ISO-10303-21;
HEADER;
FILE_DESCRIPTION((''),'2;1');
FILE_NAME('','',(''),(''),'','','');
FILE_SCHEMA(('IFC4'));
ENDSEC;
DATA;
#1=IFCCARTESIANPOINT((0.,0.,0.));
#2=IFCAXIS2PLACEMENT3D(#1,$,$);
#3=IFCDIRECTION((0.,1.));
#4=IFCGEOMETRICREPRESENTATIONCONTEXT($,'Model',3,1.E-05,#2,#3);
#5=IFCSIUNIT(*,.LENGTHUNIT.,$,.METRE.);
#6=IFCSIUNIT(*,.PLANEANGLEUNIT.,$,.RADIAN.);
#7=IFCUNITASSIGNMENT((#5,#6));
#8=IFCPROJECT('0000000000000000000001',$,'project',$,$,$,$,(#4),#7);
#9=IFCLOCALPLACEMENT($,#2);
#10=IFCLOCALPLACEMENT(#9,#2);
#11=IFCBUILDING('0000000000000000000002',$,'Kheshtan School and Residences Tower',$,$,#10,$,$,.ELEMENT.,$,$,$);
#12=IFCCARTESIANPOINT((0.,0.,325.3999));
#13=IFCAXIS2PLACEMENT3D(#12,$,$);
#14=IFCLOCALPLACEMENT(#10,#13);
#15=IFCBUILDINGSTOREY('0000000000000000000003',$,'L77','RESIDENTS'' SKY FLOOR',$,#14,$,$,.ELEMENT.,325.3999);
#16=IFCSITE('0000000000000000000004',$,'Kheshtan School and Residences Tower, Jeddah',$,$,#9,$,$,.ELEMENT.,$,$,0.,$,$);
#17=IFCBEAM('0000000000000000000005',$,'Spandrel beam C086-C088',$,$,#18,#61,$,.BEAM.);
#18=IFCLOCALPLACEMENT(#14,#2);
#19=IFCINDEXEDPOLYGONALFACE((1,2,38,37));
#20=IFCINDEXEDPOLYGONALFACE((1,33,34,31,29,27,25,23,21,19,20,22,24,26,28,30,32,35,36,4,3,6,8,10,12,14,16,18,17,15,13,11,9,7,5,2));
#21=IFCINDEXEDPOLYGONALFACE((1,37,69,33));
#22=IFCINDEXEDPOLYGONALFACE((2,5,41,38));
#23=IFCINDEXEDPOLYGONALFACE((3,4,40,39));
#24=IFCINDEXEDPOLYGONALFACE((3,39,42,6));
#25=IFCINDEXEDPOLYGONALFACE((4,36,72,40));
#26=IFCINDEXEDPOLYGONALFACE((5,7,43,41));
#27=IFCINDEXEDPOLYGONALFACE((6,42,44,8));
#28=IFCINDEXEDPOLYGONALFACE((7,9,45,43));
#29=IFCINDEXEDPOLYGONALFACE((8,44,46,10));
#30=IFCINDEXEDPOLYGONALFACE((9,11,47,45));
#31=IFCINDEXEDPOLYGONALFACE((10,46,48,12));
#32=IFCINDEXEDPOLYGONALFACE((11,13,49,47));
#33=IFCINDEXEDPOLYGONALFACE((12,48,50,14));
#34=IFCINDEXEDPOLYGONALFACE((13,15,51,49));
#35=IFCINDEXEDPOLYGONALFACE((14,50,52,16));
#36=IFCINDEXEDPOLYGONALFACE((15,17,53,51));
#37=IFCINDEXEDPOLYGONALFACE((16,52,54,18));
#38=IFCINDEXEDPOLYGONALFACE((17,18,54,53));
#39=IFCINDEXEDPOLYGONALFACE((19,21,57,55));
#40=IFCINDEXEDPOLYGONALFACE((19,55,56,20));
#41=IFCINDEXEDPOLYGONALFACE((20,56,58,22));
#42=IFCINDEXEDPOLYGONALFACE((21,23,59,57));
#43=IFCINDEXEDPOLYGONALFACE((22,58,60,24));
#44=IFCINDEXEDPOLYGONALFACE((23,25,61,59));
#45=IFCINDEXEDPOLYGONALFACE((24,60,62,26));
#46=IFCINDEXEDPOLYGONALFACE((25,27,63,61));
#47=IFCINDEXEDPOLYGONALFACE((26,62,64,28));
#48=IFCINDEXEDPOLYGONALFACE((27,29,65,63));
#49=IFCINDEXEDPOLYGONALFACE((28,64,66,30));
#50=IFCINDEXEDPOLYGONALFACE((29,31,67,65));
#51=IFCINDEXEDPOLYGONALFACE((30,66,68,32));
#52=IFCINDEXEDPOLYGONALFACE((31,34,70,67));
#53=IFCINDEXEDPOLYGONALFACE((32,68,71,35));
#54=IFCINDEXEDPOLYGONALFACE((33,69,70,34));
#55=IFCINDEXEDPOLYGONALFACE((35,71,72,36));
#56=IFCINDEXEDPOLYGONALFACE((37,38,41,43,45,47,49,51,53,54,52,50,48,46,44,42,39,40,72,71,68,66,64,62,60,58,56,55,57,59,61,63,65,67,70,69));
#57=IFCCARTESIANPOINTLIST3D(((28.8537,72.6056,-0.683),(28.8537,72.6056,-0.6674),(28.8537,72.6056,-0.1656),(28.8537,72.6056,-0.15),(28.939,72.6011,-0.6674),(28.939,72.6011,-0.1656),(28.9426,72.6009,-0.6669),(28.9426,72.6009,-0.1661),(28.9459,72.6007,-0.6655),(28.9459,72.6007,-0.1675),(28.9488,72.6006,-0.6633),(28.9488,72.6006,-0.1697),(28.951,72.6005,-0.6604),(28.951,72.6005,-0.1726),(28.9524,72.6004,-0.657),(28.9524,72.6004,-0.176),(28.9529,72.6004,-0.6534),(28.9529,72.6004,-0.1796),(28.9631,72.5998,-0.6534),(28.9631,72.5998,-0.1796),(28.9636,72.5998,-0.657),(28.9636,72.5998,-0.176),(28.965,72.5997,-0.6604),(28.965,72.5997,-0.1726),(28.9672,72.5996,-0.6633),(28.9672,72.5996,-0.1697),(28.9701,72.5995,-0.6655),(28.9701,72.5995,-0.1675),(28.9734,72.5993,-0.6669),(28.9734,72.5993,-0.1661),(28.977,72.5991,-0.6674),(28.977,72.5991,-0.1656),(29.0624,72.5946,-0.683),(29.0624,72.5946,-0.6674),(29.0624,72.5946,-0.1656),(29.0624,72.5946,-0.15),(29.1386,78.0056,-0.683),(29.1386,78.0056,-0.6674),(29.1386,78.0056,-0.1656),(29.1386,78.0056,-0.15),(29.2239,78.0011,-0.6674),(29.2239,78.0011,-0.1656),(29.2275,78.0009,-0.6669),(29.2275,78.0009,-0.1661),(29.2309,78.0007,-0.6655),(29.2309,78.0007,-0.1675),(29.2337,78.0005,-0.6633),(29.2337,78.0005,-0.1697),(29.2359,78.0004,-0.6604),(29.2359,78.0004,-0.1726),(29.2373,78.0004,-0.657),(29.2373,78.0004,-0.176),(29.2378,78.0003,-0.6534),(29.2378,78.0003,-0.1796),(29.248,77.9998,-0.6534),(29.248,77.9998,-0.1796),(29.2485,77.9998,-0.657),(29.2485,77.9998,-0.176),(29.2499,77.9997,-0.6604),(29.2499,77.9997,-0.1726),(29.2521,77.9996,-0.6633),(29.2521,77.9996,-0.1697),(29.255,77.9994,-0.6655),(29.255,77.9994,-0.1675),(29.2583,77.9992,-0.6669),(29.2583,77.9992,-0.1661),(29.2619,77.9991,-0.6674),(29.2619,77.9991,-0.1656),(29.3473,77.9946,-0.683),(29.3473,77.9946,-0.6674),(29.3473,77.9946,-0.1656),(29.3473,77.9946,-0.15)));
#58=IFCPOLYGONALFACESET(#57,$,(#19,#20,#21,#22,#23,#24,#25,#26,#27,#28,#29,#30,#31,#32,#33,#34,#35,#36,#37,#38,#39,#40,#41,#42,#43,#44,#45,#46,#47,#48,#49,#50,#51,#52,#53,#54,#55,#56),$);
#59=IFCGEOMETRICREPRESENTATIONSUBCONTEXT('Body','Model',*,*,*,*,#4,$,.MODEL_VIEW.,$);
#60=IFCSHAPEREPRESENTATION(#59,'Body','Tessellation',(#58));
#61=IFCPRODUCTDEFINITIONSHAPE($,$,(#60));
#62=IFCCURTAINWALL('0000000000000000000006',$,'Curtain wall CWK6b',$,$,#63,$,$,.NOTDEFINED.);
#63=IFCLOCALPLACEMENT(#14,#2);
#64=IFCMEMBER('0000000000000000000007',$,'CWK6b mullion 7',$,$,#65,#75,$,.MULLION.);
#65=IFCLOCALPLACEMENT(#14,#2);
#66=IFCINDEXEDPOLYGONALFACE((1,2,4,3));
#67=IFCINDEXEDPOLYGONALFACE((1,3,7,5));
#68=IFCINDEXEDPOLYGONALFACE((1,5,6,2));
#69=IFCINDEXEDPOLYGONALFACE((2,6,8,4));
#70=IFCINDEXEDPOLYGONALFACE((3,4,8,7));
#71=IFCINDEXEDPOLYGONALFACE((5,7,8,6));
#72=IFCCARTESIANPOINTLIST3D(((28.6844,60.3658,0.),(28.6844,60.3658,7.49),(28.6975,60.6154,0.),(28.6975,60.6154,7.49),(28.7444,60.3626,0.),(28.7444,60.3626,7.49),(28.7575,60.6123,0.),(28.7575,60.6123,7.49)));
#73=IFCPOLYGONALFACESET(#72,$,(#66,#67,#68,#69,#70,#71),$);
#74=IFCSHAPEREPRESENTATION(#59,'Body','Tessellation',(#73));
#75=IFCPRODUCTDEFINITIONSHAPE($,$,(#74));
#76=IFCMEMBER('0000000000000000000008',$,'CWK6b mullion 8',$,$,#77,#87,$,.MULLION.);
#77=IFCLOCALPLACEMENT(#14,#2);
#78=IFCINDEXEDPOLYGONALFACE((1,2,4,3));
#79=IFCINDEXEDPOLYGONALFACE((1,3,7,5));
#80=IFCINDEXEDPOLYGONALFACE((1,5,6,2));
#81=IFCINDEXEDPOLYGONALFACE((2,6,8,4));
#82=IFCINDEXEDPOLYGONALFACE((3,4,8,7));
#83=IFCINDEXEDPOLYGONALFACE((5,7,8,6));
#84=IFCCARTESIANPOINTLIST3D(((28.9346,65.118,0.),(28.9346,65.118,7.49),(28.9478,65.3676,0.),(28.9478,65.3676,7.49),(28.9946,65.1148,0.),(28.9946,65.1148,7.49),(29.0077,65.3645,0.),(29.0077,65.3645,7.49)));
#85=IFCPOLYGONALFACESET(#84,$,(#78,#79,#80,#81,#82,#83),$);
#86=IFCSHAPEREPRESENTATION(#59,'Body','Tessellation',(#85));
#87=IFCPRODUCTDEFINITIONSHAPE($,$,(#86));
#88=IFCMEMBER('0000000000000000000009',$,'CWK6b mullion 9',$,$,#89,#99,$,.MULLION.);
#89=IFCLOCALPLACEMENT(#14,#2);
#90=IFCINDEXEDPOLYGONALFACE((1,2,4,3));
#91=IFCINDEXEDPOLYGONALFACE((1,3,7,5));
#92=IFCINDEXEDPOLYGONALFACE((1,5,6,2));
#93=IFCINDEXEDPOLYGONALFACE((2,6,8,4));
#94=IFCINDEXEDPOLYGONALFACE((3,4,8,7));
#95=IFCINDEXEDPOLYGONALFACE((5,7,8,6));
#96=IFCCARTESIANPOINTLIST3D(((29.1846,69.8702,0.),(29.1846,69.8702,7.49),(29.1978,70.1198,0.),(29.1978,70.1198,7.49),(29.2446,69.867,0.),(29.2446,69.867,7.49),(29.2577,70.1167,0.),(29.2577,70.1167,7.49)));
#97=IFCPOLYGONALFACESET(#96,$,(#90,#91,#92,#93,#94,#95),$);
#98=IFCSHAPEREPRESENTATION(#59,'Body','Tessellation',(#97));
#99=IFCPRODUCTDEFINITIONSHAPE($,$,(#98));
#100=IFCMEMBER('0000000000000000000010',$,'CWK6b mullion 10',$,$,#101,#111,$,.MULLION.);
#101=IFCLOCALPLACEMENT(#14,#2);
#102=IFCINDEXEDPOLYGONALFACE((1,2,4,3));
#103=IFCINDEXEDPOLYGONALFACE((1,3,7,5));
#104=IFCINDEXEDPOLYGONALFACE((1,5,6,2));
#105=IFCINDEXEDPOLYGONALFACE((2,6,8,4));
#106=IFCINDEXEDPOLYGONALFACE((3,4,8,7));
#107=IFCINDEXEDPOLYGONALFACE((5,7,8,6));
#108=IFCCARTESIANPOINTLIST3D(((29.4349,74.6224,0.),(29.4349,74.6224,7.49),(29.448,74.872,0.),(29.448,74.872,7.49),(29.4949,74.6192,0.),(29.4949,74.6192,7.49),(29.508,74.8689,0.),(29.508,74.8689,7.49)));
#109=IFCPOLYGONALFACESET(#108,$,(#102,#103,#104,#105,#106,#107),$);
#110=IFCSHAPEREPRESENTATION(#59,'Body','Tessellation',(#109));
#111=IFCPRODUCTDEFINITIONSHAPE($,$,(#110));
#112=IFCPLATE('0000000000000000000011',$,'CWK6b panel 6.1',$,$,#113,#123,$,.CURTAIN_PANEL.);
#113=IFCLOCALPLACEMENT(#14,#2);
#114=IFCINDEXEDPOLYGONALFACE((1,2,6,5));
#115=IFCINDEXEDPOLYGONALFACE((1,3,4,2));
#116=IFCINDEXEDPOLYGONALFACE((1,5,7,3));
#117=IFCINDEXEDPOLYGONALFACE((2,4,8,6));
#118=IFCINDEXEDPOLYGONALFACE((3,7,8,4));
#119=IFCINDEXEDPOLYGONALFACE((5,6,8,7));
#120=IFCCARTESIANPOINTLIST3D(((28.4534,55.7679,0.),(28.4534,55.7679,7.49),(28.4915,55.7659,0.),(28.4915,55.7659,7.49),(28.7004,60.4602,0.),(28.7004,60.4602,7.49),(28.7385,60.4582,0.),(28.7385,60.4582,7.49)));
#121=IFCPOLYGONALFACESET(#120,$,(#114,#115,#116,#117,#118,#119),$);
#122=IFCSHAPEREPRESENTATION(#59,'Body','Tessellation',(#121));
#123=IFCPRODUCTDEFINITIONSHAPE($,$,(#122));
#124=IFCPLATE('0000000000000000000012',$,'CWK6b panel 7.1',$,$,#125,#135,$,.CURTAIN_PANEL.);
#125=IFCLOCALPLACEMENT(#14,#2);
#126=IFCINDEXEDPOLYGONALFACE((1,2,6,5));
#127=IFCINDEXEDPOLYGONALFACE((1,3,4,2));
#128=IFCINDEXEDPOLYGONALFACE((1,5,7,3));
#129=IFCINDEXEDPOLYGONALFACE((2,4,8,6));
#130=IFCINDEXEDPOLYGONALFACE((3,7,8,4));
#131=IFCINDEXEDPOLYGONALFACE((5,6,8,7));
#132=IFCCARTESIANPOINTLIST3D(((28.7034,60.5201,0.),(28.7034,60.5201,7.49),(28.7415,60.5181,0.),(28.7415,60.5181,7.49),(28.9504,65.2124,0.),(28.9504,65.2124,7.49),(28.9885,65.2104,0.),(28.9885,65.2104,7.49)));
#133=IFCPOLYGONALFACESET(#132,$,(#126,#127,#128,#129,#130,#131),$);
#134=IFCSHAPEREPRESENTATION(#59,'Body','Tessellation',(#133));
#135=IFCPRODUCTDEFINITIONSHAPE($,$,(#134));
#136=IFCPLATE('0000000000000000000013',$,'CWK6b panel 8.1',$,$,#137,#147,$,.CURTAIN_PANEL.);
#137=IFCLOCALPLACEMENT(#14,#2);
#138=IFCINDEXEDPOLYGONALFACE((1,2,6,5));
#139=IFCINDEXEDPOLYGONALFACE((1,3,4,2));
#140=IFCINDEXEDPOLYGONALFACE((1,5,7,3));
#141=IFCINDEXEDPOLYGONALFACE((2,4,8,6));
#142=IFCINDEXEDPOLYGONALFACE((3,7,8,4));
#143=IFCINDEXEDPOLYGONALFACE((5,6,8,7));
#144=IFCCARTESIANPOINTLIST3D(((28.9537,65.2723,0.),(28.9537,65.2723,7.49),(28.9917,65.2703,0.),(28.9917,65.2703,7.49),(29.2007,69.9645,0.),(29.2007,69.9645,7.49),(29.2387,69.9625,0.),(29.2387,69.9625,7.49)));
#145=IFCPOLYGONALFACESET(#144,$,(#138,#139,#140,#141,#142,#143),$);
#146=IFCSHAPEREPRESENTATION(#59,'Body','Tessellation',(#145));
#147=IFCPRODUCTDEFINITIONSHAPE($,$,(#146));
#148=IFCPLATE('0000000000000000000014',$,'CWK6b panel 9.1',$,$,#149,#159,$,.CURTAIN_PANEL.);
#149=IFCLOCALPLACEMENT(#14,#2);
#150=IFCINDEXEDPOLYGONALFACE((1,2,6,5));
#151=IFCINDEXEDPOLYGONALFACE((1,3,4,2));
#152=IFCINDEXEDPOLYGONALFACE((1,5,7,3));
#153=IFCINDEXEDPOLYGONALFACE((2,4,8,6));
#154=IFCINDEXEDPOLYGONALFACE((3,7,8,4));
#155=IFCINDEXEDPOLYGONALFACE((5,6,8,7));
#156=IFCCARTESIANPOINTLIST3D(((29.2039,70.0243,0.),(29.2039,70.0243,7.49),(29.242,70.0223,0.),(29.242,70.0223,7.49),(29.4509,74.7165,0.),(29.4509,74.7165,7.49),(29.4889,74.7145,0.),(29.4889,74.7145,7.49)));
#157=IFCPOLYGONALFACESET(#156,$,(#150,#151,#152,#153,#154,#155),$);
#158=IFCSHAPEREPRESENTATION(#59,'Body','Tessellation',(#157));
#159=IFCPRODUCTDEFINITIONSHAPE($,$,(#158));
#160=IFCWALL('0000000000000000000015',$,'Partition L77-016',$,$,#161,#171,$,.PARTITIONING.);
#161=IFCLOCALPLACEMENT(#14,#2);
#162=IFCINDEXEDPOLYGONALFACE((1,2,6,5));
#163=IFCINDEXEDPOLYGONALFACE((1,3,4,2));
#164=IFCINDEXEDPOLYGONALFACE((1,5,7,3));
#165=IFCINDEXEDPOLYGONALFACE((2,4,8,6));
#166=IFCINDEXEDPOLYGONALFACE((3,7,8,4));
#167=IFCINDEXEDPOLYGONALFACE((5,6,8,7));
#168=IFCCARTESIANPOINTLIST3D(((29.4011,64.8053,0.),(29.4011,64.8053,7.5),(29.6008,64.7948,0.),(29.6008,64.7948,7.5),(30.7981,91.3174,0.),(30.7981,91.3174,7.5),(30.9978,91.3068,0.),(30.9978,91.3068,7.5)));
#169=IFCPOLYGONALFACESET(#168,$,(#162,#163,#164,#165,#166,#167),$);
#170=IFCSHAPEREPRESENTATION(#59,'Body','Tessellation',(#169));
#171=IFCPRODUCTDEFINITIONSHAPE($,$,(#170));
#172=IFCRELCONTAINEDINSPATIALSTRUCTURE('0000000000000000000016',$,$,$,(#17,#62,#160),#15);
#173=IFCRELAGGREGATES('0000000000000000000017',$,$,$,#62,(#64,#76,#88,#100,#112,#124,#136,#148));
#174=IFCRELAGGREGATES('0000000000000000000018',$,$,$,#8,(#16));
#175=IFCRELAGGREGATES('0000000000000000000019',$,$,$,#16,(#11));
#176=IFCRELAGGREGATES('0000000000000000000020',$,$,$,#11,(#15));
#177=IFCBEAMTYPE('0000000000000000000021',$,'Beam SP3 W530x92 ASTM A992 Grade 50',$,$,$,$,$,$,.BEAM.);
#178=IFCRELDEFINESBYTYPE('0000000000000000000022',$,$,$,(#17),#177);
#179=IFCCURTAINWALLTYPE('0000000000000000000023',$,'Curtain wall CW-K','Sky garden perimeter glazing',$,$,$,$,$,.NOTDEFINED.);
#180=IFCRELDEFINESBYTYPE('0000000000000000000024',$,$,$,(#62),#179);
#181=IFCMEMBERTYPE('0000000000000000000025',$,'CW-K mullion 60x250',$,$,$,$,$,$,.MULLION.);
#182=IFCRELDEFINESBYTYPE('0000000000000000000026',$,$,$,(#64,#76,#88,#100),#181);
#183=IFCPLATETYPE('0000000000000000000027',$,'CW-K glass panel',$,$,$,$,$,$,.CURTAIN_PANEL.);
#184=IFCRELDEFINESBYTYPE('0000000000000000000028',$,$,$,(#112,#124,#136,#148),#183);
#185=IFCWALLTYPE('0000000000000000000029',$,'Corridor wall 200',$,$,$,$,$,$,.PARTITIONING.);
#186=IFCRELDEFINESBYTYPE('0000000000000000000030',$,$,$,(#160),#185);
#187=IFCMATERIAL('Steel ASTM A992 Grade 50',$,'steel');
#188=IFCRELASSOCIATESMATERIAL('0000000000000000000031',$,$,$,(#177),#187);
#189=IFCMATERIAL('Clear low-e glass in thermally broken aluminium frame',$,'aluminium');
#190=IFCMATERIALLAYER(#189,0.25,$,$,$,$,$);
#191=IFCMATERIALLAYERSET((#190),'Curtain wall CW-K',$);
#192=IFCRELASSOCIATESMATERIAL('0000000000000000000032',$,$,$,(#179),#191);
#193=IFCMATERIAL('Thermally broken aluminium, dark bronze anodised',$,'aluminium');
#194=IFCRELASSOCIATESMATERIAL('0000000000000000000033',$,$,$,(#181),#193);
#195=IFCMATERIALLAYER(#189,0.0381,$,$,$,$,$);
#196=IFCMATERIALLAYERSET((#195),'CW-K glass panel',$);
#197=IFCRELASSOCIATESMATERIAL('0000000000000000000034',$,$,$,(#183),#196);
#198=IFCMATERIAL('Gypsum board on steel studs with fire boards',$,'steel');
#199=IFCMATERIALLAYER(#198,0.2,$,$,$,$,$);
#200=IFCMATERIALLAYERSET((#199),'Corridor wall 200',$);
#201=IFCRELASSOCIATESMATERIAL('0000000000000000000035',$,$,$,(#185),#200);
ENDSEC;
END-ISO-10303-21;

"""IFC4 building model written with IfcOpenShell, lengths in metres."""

from ifc_helpers import new_model, si_unit, direction, frame, frame_2d, origin, origin_2d, place, context, subcontext, project, spatial, rectangle, i_section, extrude, material, layer, layer_set, material_profile, profile_set, type_object, element, aggregate, save


model = new_model("IFC4")

# Units and contexts
model_context = context("Model", 3, precision=1e-05, world=origin(), true_north=direction((0.0, 1.0)))
body_context = subcontext(model_context, "Body", "Model", "MODEL_VIEW")
ifc_project = project(units=[si_unit("LENGTHUNIT", "METRE"), si_unit("PLANEANGLEUNIT", "RADIAN")], contexts=[model_context])

# Site, building, storey
site_placement = place(None, origin())
site = spatial("IfcSite", under=ifc_project, at=site_placement, Name="Kheshtan School and Residences Tower, Jeddah", CompositionType="ELEMENT", RefElevation=0.0)
building_placement = place(site_placement, origin())
building = spatial("IfcBuilding", under=site, at=building_placement, Name="Kheshtan School and Residences Tower", CompositionType="ELEMENT")
storey_placement = place(building_placement, frame((0.0, 0.0, 325.3999)))
storey = spatial("IfcBuildingStorey", under=building, at=storey_placement, Name="L77", Description="RESIDENTS' SKY FLOOR", CompositionType="ELEMENT", Elevation=325.3999)

# Shared definitions
ifc_material_1 = material(Name="Steel ASTM A992 Grade 50", Category="steel")

# Beam
ifc_material_profile_1 = material_profile(ifc_material_1, i_section(OverallWidth=0.209, OverallDepth=0.533, WebThickness=0.0103, FlangeThickness=0.0156, FilletRadius=0.0139, at=origin_2d()), Name="W530x92")
ifc_profile_set_1 = profile_set([ifc_material_profile_1], Name="Steel ASTM A992 Grade 50")
beam_type_1 = type_object("IfcBeamType", Name="Beam SP3 W530x92 ASTM A992 Grade 50", PredefinedType="BEAM", material=ifc_profile_set_1)
beam_1_placement = place(storey_placement, frame((28.958, 72.6001, -0.4165), z_axis=(0.052689, 0.998611, 0.0), x_axis=(-0.998611, 0.052689, 0.0)))
element("IfcBeam", 1, at=beam_1_placement, inside=storey, type_object=beam_type_1, Name="Spandrel beam C086-C088", PredefinedType="BEAM", context=body_context, shape_type="SweptSolid", body=[
    extrude(i_section(OverallWidth=0.209, OverallDepth=0.533, WebThickness=0.0103, FlangeThickness=0.0156, FilletRadius=0.0139, at=origin_2d()), origin(), (0.0, 0.0, 1.0), 5.4075),
])

# Curtain wall, members, plates
ifc_material_2 = material(Name="Clear low-e glass in thermally broken aluminium frame", Category="aluminium")
ifc_layer_1 = layer(ifc_material_2, 0.25)
ifc_layer_set_1 = layer_set([ifc_layer_1], Name="Curtain wall CW-K")
curtain_wall_type = type_object("IfcCurtainWallType", Name="Curtain wall CW-K", Description="Sky garden perimeter glazing", PredefinedType="NOTDEFINED", material=ifc_layer_set_1)
curtain_wall_placement = place(storey_placement, origin())
curtain_wall = element("IfcCurtainWall", 2, at=curtain_wall_placement, inside=storey, type_object=curtain_wall_type, Name="Curtain wall CWK6b", PredefinedType="NOTDEFINED")
ifc_material_3 = material(Name="Thermally broken aluminium, dark bronze anodised", Category="aluminium")
ifc_material_profile_2 = material_profile(ifc_material_3, rectangle(XDim=0.0601, YDim=0.25, at=origin_2d()), Name="CW-K mullion 60x250")
ifc_profile_set_2 = profile_set([ifc_material_profile_2], Name="Thermally broken aluminium, dark bronze anodised")
member_type = type_object("IfcMemberType", Name="CW-K mullion 60x250", PredefinedType="MULLION", material=ifc_profile_set_2)
member_1_placement = place(storey_placement, frame((28.7209, 60.489, 0.0), z_axis=(0.0, 0.0, 1.0), x_axis=(-0.998617, 0.052565, 0.0)))
member_1 = element("IfcMember", 3, at=member_1_placement, type_object=member_type, Name="CWK6b mullion 7", PredefinedType="MULLION", context=body_context, shape_type="SweptSolid", body=[
    extrude(rectangle(XDim=0.0601, YDim=0.25, at=origin_2d()), origin(), (0.0, 0.0, 1.0), 7.49),
])
member_2_placement = place(storey_placement, frame((28.9712, 65.2412, 0.0), z_axis=(0.0, 0.0, 1.0), x_axis=(-0.998617, 0.052565, 0.0)))
member_2 = element("IfcMember", 4, at=member_2_placement, type_object=member_type, Name="CWK6b mullion 8", PredefinedType="MULLION", context=body_context, shape_type="SweptSolid", body=[
    extrude(rectangle(XDim=0.0601, YDim=0.25, at=origin_2d()), origin(), (0.0, 0.0, 1.0), 7.49),
])
member_3_placement = place(storey_placement, frame((29.2212, 69.9934, 0.0), z_axis=(0.0, 0.0, 1.0), x_axis=(-0.998617, 0.052565, 0.0)))
member_3 = element("IfcMember", 5, at=member_3_placement, type_object=member_type, Name="CWK6b mullion 9", PredefinedType="MULLION", context=body_context, shape_type="SweptSolid", body=[
    extrude(rectangle(XDim=0.0601, YDim=0.25, at=origin_2d()), origin(), (0.0, 0.0, 1.0), 7.49),
])
member_4_placement = place(storey_placement, frame((29.4714, 74.7456, 0.0), z_axis=(0.0, 0.0, 1.0), x_axis=(-0.998617, 0.052565, 0.0)))
member_4 = element("IfcMember", 6, at=member_4_placement, type_object=member_type, Name="CWK6b mullion 10", PredefinedType="MULLION", context=body_context, shape_type="SweptSolid", body=[
    extrude(rectangle(XDim=0.0601, YDim=0.25, at=origin_2d()), origin(), (0.0, 0.0, 1.0), 7.49),
])
ifc_layer_2 = layer(ifc_material_2, 0.0381)
ifc_layer_set_2 = layer_set([ifc_layer_2], Name="CW-K glass panel")
plate_type = type_object("IfcPlateType", Name="CW-K glass panel", PredefinedType="CURTAIN_PANEL", material=ifc_layer_set_2)
plate_1_placement = place(storey_placement, frame((28.5959, 58.113, 0.0), z_axis=(0.0, 0.0, 1.0), x_axis=(0.052565, 0.998617, 0.0)))
plate_1 = element("IfcPlate", 7, at=plate_1_placement, type_object=plate_type, Name="CWK6b panel 6.1", PredefinedType="CURTAIN_PANEL", context=body_context, shape_type="SweptSolid", body=[
    extrude(rectangle(XDim=4.6987, YDim=0.0381, at=origin_2d()), origin(), (0.0, 0.0, 1.0), 7.49),
])
plate_2_placement = place(storey_placement, frame((28.8459, 62.8652, 0.0), z_axis=(0.0, 0.0, 1.0), x_axis=(0.052565, 0.998617, 0.0)))
plate_2 = element("IfcPlate", 8, at=plate_2_placement, type_object=plate_type, Name="CWK6b panel 7.1", PredefinedType="CURTAIN_PANEL", context=body_context, shape_type="SweptSolid", body=[
    extrude(rectangle(XDim=4.6987, YDim=0.0381, at=origin_2d()), origin(), (0.0, 0.0, 1.0), 7.49),
])
plate_3_placement = place(storey_placement, frame((29.0962, 67.6174, 0.0), z_axis=(0.0, 0.0, 1.0), x_axis=(0.052565, 0.998617, 0.0)))
plate_3 = element("IfcPlate", 9, at=plate_3_placement, type_object=plate_type, Name="CWK6b panel 8.1", PredefinedType="CURTAIN_PANEL", context=body_context, shape_type="SweptSolid", body=[
    extrude(rectangle(XDim=4.6987, YDim=0.0381, at=origin_2d()), origin(), (0.0, 0.0, 1.0), 7.49),
])
plate_4_placement = place(storey_placement, frame((29.3464, 72.3694, 0.0), z_axis=(0.0, 0.0, 1.0), x_axis=(0.052565, 0.998617, 0.0)))
plate_4 = element("IfcPlate", 10, at=plate_4_placement, type_object=plate_type, Name="CWK6b panel 9.1", PredefinedType="CURTAIN_PANEL", context=body_context, shape_type="SweptSolid", body=[
    extrude(rectangle(XDim=4.6987, YDim=0.0381, at=origin_2d()), origin(), (0.0, 0.0, 1.0), 7.49),
])
aggregate(curtain_wall, [member_1, member_2, member_3, member_4, plate_1, plate_2, plate_3, plate_4])

# Wall
ifc_material_4 = material(Name="Gypsum board on steel studs with fire boards", Category="steel")
ifc_layer_3 = layer(ifc_material_4, 0.2)
ifc_layer_set_3 = layer_set([ifc_layer_3], Name="Corridor wall 200")
wall_type_1 = type_object("IfcWallType", Name="Corridor wall 200", PredefinedType="PARTITIONING", material=ifc_layer_set_3)
wall_1_placement = place(storey_placement, frame((29.501, 64.8, 0.0), z_axis=(0.0, 0.0, 1.0), x_axis=(0.052619, 0.998615, 0.0)))
element("IfcWall", 11, at=wall_1_placement, inside=storey, type_object=wall_type_1, Name="Partition L77-016", PredefinedType="PARTITIONING", context=body_context, shape_type="SweptSolid", body=[
    extrude(rectangle(XDim=26.5488, YDim=0.2, at=frame_2d((13.2744, 0.0))), origin(), (0.0, 0.0, 1.0), 7.5),
])

save(model, "model.ifc")
